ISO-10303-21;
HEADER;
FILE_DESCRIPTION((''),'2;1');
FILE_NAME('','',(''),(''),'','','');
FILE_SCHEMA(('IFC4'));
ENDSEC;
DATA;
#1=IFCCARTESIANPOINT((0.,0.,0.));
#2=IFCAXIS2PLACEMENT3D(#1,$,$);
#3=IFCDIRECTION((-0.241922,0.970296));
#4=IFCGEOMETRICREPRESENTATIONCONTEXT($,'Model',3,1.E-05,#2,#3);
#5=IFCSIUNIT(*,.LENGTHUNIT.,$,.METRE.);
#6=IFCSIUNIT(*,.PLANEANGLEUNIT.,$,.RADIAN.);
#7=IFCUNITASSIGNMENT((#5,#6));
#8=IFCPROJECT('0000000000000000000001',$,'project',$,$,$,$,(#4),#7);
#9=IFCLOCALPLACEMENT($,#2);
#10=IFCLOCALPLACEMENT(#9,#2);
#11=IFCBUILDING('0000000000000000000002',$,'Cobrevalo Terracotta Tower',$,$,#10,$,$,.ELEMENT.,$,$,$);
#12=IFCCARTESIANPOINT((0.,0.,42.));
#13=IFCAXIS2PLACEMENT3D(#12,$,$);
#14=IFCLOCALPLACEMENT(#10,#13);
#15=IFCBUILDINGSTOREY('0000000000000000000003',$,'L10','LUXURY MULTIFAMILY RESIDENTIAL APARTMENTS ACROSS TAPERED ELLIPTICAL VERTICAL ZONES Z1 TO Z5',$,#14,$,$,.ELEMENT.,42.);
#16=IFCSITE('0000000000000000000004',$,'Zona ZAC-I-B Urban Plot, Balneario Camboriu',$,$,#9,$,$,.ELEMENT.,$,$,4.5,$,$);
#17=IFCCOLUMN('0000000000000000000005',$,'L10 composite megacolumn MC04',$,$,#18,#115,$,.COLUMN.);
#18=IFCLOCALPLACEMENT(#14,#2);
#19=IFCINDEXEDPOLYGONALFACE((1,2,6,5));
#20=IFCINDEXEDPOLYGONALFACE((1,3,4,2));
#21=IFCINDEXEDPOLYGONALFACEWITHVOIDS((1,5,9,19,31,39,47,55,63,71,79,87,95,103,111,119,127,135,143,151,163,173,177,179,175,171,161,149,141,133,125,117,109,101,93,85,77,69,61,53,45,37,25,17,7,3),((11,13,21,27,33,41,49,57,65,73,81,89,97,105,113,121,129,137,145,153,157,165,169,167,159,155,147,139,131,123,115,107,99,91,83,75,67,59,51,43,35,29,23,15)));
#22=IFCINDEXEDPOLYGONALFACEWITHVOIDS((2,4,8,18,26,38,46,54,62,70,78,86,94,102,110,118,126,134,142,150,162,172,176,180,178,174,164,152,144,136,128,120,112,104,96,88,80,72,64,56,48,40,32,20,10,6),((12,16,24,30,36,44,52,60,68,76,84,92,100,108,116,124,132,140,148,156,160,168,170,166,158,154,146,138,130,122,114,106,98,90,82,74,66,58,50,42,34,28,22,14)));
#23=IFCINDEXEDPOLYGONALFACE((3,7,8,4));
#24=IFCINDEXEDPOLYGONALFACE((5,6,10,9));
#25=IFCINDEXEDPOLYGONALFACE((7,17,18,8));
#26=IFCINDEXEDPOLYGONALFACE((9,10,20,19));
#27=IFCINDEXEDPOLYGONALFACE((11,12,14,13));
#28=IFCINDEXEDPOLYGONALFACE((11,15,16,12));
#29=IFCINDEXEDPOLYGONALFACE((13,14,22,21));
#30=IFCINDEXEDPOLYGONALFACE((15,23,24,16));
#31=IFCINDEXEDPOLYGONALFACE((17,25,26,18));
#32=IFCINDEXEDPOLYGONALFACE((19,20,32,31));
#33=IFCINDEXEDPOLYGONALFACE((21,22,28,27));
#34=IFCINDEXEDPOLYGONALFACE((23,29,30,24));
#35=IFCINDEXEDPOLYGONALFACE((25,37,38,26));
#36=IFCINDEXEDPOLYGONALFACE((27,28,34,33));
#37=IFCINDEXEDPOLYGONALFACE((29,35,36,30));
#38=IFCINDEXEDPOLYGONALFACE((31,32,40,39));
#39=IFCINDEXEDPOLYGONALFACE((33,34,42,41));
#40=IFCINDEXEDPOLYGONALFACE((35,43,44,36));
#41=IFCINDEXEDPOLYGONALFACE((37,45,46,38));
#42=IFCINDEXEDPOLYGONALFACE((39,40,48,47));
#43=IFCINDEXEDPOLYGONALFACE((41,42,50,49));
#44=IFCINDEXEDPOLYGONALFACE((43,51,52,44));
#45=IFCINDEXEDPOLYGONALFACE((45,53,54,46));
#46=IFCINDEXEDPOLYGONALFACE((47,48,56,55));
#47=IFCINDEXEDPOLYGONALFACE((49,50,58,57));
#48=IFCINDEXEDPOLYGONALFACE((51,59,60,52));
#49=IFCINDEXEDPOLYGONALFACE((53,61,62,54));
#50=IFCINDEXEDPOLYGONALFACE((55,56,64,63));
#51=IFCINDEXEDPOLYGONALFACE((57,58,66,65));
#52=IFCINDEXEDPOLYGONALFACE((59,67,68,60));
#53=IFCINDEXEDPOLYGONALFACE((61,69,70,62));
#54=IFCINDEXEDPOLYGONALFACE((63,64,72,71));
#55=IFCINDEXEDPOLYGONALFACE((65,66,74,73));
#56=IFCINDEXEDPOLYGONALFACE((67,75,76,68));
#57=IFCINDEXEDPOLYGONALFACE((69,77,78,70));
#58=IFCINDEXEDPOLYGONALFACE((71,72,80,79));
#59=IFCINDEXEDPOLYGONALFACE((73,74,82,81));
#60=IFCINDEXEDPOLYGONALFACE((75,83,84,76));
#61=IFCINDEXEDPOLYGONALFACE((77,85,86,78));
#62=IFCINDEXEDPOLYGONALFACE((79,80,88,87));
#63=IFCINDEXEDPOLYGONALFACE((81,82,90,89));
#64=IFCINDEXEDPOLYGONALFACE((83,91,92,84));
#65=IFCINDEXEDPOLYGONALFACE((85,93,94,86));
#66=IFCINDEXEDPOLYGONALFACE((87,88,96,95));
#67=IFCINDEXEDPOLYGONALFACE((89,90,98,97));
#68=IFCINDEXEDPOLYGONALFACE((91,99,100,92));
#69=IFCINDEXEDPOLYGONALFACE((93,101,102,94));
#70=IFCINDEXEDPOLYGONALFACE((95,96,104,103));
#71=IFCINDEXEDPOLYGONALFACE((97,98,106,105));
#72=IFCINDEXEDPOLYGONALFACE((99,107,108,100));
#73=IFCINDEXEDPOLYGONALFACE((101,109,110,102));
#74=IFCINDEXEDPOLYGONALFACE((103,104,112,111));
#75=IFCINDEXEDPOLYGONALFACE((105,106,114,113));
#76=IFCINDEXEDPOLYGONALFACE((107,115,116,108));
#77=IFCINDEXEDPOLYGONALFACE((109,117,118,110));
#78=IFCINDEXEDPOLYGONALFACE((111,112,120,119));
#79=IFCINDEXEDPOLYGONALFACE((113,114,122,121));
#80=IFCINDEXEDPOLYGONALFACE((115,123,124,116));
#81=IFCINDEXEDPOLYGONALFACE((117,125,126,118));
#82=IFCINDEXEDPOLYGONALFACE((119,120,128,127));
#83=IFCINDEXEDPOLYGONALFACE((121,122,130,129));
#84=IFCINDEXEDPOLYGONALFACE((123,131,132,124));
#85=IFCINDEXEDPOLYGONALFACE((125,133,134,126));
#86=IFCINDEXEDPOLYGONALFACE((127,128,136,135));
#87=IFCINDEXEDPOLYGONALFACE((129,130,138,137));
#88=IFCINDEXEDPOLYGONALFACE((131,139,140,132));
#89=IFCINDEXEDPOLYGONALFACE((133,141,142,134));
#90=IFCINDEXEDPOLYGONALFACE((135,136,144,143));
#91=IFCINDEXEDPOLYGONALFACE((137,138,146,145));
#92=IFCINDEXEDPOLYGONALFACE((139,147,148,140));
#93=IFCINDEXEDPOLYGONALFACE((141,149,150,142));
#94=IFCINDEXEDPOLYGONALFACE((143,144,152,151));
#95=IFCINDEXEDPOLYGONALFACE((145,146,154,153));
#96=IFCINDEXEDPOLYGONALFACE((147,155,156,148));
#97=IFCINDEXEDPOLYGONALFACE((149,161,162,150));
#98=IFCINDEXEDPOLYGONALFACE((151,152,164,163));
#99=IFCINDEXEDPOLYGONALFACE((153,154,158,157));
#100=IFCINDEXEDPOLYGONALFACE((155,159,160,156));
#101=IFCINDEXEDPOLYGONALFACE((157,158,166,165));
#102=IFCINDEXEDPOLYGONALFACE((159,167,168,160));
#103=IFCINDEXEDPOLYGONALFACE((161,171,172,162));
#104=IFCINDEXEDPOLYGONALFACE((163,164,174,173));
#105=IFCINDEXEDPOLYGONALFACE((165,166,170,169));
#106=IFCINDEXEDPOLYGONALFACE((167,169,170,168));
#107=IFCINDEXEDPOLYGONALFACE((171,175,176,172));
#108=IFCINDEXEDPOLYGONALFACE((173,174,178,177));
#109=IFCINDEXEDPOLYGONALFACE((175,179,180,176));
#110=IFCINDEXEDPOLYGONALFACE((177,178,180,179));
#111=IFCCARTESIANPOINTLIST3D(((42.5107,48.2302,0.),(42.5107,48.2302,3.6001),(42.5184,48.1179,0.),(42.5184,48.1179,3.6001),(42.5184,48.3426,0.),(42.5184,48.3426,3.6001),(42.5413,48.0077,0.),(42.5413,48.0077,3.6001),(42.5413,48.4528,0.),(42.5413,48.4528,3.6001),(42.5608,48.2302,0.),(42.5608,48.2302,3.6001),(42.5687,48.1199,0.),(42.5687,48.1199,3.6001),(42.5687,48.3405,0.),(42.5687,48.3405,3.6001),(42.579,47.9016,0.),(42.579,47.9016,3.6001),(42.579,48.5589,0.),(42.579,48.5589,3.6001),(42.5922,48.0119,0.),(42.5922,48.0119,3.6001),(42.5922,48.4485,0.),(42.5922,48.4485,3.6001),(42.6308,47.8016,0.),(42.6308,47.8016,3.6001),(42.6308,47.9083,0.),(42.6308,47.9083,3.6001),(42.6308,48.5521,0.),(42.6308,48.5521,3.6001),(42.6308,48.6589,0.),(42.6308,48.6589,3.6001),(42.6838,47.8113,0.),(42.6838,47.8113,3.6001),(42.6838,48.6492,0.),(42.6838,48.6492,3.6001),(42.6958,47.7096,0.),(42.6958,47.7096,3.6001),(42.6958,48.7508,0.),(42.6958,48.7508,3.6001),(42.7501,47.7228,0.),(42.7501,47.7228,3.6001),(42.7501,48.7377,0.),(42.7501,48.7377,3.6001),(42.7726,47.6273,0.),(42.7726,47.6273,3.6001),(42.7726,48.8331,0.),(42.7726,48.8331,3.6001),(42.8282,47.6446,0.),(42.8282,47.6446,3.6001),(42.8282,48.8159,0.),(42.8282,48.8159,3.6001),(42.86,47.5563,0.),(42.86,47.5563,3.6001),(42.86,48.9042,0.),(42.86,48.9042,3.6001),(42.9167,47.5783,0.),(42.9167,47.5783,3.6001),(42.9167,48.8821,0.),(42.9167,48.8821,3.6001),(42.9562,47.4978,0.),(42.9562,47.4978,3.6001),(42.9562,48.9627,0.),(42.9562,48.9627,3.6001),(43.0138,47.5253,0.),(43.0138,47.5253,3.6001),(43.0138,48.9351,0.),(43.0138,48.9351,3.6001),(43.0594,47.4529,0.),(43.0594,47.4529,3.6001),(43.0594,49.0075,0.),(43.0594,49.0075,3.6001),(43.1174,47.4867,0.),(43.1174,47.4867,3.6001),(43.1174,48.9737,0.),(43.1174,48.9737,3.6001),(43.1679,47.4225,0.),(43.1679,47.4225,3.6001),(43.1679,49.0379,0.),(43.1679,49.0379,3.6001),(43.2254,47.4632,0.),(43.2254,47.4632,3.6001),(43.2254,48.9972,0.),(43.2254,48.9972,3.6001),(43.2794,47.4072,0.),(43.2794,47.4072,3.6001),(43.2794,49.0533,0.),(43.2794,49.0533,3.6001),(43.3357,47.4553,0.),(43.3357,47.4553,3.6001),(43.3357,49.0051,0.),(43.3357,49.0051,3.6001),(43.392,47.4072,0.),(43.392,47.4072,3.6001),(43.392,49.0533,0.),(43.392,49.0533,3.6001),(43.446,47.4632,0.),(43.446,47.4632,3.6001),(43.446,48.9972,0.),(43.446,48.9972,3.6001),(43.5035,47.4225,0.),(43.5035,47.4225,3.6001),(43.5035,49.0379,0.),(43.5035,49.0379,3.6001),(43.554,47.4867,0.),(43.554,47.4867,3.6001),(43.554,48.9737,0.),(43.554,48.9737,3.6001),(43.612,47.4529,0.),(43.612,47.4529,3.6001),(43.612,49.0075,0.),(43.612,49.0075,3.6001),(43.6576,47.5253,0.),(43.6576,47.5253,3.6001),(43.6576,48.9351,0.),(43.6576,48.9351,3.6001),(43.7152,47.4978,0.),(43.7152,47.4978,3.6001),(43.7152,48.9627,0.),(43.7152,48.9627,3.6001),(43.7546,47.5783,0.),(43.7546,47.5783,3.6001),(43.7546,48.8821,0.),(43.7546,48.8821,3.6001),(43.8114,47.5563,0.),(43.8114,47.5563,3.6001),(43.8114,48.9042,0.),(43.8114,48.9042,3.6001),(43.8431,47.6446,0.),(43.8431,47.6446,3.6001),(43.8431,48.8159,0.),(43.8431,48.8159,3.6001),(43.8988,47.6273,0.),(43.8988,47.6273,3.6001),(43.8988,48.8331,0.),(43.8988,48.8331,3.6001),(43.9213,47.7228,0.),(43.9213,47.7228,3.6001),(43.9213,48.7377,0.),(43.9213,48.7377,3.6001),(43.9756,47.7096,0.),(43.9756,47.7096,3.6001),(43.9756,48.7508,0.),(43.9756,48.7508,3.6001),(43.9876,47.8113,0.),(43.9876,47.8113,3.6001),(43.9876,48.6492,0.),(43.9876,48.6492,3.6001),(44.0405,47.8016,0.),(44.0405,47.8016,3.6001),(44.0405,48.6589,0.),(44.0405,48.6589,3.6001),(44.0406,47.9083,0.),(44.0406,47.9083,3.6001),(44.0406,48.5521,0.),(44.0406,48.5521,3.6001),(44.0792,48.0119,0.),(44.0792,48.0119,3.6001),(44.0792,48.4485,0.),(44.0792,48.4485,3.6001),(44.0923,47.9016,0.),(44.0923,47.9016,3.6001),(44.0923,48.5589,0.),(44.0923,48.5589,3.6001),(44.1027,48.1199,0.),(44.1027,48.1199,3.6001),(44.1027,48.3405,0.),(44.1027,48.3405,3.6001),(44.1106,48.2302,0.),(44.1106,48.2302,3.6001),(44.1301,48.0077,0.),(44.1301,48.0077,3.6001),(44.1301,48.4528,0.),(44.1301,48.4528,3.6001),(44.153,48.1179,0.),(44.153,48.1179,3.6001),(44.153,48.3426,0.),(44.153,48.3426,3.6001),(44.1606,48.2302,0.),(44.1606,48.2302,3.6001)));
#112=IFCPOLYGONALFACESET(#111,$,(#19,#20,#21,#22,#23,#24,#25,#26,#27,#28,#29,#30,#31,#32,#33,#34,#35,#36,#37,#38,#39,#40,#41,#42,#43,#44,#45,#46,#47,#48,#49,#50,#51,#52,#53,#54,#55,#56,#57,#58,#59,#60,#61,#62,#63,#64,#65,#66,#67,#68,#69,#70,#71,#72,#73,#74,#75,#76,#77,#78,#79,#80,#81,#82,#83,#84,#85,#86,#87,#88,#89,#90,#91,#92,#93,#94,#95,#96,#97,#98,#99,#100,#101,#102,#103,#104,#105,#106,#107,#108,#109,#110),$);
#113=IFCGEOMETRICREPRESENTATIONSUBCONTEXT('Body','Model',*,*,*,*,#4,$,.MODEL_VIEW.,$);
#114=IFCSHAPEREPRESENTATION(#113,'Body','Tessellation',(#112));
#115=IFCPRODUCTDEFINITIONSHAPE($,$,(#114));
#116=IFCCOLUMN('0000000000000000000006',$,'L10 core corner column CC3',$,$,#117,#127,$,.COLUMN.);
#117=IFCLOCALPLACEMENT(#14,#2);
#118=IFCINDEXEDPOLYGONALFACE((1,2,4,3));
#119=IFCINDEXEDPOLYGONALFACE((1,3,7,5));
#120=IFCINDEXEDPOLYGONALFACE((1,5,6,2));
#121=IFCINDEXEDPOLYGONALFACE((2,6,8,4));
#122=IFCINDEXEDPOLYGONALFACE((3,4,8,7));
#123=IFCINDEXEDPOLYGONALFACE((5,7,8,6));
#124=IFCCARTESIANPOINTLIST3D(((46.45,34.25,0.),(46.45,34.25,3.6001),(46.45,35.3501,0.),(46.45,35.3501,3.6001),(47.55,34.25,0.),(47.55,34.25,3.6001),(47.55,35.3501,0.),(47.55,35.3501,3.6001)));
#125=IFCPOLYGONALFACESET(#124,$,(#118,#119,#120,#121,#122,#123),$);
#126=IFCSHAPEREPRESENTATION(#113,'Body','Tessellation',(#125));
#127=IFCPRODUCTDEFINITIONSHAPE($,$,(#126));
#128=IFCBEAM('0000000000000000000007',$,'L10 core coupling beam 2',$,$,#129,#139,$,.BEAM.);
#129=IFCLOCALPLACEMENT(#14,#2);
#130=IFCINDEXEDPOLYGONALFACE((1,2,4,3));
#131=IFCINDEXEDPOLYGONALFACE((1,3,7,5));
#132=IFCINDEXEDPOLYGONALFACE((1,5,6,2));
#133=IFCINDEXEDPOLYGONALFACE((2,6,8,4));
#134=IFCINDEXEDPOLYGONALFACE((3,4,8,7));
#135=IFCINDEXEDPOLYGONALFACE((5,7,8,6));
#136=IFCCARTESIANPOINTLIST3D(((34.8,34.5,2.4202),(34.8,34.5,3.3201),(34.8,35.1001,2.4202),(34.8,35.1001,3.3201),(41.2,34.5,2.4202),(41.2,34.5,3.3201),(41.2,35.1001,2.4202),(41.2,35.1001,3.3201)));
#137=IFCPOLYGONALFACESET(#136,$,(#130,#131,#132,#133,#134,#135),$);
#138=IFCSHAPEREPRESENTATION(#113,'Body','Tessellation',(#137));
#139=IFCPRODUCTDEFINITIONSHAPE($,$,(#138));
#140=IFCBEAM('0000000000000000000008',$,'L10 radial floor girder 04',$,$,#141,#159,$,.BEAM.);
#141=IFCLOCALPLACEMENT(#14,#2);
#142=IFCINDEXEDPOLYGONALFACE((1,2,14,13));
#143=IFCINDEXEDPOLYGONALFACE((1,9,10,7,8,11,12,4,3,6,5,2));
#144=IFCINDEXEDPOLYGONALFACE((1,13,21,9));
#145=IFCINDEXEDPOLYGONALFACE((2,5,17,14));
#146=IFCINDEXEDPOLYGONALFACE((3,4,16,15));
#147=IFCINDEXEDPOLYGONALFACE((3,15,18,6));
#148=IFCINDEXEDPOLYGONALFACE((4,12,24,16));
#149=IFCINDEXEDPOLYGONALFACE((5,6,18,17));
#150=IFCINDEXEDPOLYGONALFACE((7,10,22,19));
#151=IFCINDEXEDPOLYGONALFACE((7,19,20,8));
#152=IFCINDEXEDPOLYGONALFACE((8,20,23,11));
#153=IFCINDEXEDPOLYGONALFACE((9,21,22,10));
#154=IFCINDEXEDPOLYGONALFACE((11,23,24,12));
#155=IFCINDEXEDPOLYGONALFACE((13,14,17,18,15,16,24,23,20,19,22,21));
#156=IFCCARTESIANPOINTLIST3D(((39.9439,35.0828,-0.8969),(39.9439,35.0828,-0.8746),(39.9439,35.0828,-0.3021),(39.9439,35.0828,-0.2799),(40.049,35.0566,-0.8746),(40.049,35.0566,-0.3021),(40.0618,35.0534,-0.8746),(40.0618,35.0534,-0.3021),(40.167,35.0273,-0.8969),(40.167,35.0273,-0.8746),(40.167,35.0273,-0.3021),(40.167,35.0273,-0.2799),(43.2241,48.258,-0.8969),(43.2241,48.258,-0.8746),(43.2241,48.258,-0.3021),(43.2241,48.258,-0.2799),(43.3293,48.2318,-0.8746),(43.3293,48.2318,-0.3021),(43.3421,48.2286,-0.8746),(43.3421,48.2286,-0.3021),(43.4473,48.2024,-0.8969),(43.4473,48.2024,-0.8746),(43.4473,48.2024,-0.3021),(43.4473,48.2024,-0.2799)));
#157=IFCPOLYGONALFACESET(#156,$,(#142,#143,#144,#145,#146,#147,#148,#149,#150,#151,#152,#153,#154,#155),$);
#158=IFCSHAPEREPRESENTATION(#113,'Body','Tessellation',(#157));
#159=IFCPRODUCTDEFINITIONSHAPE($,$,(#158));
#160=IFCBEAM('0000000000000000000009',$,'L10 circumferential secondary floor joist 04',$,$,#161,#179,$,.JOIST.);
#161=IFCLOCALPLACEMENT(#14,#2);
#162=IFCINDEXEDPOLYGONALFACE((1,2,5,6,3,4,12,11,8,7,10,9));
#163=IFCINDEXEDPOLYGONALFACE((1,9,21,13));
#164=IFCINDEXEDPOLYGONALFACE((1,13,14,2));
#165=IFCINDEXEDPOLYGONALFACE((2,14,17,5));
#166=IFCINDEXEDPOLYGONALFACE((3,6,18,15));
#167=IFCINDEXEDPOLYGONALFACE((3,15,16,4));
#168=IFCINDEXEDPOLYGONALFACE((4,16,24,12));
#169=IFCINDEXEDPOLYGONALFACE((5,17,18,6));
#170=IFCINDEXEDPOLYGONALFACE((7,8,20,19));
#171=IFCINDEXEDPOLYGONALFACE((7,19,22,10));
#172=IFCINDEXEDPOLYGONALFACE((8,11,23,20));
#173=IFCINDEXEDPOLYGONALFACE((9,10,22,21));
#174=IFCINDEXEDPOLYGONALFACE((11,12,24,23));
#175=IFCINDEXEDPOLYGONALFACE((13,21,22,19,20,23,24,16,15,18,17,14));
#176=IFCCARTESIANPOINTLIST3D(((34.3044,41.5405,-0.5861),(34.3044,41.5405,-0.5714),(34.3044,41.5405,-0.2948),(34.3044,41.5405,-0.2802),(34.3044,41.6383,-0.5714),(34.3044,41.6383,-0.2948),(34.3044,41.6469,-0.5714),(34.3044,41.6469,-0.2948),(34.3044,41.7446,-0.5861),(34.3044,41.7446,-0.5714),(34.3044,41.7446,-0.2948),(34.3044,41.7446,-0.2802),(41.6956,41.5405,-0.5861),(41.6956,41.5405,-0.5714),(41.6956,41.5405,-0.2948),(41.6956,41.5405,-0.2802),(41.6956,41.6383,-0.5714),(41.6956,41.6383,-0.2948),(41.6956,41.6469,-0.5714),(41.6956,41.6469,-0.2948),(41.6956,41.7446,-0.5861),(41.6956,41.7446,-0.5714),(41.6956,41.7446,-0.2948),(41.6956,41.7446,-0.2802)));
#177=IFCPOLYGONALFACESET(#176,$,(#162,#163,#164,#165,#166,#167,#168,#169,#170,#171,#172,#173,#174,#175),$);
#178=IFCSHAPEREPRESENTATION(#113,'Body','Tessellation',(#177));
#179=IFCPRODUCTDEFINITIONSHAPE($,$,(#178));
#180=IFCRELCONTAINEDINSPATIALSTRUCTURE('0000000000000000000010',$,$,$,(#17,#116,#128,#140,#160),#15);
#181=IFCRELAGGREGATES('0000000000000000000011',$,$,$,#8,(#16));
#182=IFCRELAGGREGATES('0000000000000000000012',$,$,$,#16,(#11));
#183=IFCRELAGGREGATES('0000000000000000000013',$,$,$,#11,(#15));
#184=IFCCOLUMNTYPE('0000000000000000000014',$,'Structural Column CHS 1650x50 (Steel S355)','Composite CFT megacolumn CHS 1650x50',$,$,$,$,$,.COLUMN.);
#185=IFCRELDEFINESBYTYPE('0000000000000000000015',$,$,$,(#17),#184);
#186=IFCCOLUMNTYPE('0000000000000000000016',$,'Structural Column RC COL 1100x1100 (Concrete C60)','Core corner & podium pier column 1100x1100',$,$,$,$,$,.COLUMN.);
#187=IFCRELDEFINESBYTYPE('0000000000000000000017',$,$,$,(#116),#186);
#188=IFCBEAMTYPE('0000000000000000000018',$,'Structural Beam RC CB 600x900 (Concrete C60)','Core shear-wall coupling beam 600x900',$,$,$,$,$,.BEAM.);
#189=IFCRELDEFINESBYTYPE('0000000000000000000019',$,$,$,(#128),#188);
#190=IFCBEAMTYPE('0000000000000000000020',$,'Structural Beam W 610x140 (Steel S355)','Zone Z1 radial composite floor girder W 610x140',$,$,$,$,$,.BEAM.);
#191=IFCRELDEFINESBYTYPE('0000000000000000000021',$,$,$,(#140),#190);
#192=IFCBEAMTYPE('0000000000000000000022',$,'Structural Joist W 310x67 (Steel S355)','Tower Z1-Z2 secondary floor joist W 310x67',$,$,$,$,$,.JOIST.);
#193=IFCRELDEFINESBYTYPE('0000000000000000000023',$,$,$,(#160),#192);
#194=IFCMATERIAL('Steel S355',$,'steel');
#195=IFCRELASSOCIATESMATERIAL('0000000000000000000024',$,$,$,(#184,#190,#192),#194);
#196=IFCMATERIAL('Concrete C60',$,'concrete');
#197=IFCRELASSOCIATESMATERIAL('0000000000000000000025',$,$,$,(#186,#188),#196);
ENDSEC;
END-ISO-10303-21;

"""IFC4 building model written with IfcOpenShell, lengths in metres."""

from ifc_helpers import new_model, si_unit, direction, frame, origin, origin_2d, place, context, subcontext, project, spatial, rectangle, hollow_circle, i_section, extrude, material, material_profile, profile_set, type_object, element, save


model = new_model("IFC4")

# Units and contexts
model_context = context("Model", 3, precision=1e-05, world=origin(), true_north=direction((-0.241922, 0.970296)))
body_context = subcontext(model_context, "Body", "Model", "MODEL_VIEW")
ifc_project = project(units=[si_unit("LENGTHUNIT", "METRE"), si_unit("PLANEANGLEUNIT", "RADIAN")], contexts=[model_context])

# Site, building, storey
site_placement = place(None, origin())
site = spatial("IfcSite", under=ifc_project, at=site_placement, Name="Zona ZAC-I-B Urban Plot, Balneario Camboriu", CompositionType="ELEMENT", RefElevation=4.5)
building_placement = place(site_placement, origin())
building = spatial("IfcBuilding", under=site, at=building_placement, Name="Cobrevalo Terracotta Tower", CompositionType="ELEMENT")
storey_placement = place(building_placement, frame((0.0, 0.0, 42.0)))
storey = spatial("IfcBuildingStorey", under=building, at=storey_placement, Name="L10", Description="LUXURY MULTIFAMILY RESIDENTIAL APARTMENTS ACROSS TAPERED ELLIPTICAL VERTICAL ZONES Z1 TO Z5", CompositionType="ELEMENT", Elevation=42.0)

# Columns
ifc_material_1 = material(Name="Steel S355", Category="steel")
ifc_material_profile_1 = material_profile(ifc_material_1, hollow_circle(Radius=0.825, WallThickness=0.05, at=origin_2d()), Name="CHS 1650x50")
ifc_profile_set_1 = profile_set([ifc_material_profile_1], Name="Steel S355")
column_type_1 = type_object("IfcColumnType", Name="Structural Column CHS 1650x50 (Steel S355)", Description="Composite CFT megacolumn CHS 1650x50", PredefinedType="COLUMN", material=ifc_profile_set_1)
column_1_placement = place(storey_placement, frame((43.3357, 48.2302, 0.0), z_axis=(0.0, 0.0, 1.0), x_axis=(1.0, 0.0, 0.0)))
element("IfcColumn", 1, at=column_1_placement, inside=storey, type_object=column_type_1, Name="L10 composite megacolumn MC04", PredefinedType="COLUMN", context=body_context, shape_type="SweptSolid", body=[
    extrude(hollow_circle(Radius=0.825, WallThickness=0.05, at=origin_2d()), origin(), (0.0, 0.0, 1.0), 3.6001),
])
ifc_material_2 = material(Name="Concrete C60", Category="concrete")
ifc_material_profile_2 = material_profile(ifc_material_2, rectangle(XDim=1.1001, YDim=1.1001, at=origin_2d()), Name="RC COL 1100x1100")
ifc_profile_set_2 = profile_set([ifc_material_profile_2], Name="Concrete C60")
column_type_2 = type_object("IfcColumnType", Name="Structural Column RC COL 1100x1100 (Concrete C60)", Description="Core corner & podium pier column 1100x1100", PredefinedType="COLUMN", material=ifc_profile_set_2)
column_2_placement = place(storey_placement, frame((47.0, 34.8, 0.0), z_axis=(0.0, 0.0, 1.0), x_axis=(1.0, 0.0, 0.0)))
element("IfcColumn", 2, at=column_2_placement, inside=storey, type_object=column_type_2, Name="L10 core corner column CC3", PredefinedType="COLUMN", context=body_context, shape_type="SweptSolid", body=[
    extrude(rectangle(XDim=1.1001, YDim=1.1001, at=origin_2d()), origin(), (0.0, 0.0, 1.0), 3.6001),
])

# Beams
ifc_material_profile_3 = material_profile(ifc_material_2, rectangle(XDim=0.6001, YDim=0.8999, at=origin_2d()), Name="RC CB 600x900")
ifc_profile_set_3 = profile_set([ifc_material_profile_3], Name="Concrete C60")
beam_type_1 = type_object("IfcBeamType", Name="Structural Beam RC CB 600x900 (Concrete C60)", Description="Core shear-wall coupling beam 600x900", PredefinedType="BEAM", material=ifc_profile_set_3)
beam_1_placement = place(storey_placement, frame((34.8, 34.8, 2.8701), z_axis=(1.0, 0.0, 0.0), x_axis=(0.0, 1.0, 0.0)))
element("IfcBeam", 3, at=beam_1_placement, inside=storey, type_object=beam_type_1, Name="L10 core coupling beam 2", PredefinedType="BEAM", context=body_context, shape_type="SweptSolid", body=[
    extrude(rectangle(XDim=0.6001, YDim=0.8999, at=origin_2d()), origin(), (0.0, 0.0, 1.0), 6.3999),
])
ifc_material_profile_4 = material_profile(ifc_material_1, i_section(OverallWidth=0.23, OverallDepth=0.6169, WebThickness=0.0132, FlangeThickness=0.0222, at=origin_2d()), Name="W 610x140")
ifc_profile_set_4 = profile_set([ifc_material_profile_4], Name="Steel S355")
beam_type_2 = type_object("IfcBeamType", Name="Structural Beam W 610x140 (Steel S355)", Description="Zone Z1 radial composite floor girder W 610x140", PredefinedType="BEAM", material=ifc_profile_set_4)
beam_2_placement = place(storey_placement, frame((43.3357, 48.2302, -0.5884), z_axis=(-0.241596, -0.970377, 0.0), x_axis=(0.970377, -0.241596, 0.0)))
element("IfcBeam", 4, at=beam_2_placement, inside=storey, type_object=beam_type_2, Name="L10 radial floor girder 04", PredefinedType="BEAM", context=body_context, shape_type="SweptSolid", body=[
    extrude(i_section(OverallWidth=0.23, OverallDepth=0.6169, WebThickness=0.0132, FlangeThickness=0.0222, at=origin_2d()), origin(), (0.0, 0.0, 1.0), 13.5774),
])
ifc_material_profile_5 = material_profile(ifc_material_1, i_section(OverallWidth=0.2041, OverallDepth=0.3059, WebThickness=0.0085, FlangeThickness=0.0146, at=origin_2d()), Name="W 310x67")
ifc_profile_set_5 = profile_set([ifc_material_profile_5], Name="Steel S355")
beam_type_3 = type_object("IfcBeamType", Name="Structural Joist W 310x67 (Steel S355)", Description="Tower Z1-Z2 secondary floor joist W 310x67", PredefinedType="JOIST", material=ifc_profile_set_5)
beam_3_placement = place(storey_placement, frame((41.6956, 41.6426, -0.4331), z_axis=(-1.0, 0.0, 0.0), x_axis=(0.0, -1.0, 0.0)))
element("IfcBeam", 5, at=beam_3_placement, inside=storey, type_object=beam_type_3, Name="L10 circumferential secondary floor joist 04", PredefinedType="JOIST", context=body_context, shape_type="SweptSolid", body=[
    extrude(i_section(OverallWidth=0.2041, OverallDepth=0.3059, WebThickness=0.0085, FlangeThickness=0.0146, at=origin_2d()), origin(), (0.0, 0.0, 1.0), 7.3911),
])

save(model, "model.ifc")
